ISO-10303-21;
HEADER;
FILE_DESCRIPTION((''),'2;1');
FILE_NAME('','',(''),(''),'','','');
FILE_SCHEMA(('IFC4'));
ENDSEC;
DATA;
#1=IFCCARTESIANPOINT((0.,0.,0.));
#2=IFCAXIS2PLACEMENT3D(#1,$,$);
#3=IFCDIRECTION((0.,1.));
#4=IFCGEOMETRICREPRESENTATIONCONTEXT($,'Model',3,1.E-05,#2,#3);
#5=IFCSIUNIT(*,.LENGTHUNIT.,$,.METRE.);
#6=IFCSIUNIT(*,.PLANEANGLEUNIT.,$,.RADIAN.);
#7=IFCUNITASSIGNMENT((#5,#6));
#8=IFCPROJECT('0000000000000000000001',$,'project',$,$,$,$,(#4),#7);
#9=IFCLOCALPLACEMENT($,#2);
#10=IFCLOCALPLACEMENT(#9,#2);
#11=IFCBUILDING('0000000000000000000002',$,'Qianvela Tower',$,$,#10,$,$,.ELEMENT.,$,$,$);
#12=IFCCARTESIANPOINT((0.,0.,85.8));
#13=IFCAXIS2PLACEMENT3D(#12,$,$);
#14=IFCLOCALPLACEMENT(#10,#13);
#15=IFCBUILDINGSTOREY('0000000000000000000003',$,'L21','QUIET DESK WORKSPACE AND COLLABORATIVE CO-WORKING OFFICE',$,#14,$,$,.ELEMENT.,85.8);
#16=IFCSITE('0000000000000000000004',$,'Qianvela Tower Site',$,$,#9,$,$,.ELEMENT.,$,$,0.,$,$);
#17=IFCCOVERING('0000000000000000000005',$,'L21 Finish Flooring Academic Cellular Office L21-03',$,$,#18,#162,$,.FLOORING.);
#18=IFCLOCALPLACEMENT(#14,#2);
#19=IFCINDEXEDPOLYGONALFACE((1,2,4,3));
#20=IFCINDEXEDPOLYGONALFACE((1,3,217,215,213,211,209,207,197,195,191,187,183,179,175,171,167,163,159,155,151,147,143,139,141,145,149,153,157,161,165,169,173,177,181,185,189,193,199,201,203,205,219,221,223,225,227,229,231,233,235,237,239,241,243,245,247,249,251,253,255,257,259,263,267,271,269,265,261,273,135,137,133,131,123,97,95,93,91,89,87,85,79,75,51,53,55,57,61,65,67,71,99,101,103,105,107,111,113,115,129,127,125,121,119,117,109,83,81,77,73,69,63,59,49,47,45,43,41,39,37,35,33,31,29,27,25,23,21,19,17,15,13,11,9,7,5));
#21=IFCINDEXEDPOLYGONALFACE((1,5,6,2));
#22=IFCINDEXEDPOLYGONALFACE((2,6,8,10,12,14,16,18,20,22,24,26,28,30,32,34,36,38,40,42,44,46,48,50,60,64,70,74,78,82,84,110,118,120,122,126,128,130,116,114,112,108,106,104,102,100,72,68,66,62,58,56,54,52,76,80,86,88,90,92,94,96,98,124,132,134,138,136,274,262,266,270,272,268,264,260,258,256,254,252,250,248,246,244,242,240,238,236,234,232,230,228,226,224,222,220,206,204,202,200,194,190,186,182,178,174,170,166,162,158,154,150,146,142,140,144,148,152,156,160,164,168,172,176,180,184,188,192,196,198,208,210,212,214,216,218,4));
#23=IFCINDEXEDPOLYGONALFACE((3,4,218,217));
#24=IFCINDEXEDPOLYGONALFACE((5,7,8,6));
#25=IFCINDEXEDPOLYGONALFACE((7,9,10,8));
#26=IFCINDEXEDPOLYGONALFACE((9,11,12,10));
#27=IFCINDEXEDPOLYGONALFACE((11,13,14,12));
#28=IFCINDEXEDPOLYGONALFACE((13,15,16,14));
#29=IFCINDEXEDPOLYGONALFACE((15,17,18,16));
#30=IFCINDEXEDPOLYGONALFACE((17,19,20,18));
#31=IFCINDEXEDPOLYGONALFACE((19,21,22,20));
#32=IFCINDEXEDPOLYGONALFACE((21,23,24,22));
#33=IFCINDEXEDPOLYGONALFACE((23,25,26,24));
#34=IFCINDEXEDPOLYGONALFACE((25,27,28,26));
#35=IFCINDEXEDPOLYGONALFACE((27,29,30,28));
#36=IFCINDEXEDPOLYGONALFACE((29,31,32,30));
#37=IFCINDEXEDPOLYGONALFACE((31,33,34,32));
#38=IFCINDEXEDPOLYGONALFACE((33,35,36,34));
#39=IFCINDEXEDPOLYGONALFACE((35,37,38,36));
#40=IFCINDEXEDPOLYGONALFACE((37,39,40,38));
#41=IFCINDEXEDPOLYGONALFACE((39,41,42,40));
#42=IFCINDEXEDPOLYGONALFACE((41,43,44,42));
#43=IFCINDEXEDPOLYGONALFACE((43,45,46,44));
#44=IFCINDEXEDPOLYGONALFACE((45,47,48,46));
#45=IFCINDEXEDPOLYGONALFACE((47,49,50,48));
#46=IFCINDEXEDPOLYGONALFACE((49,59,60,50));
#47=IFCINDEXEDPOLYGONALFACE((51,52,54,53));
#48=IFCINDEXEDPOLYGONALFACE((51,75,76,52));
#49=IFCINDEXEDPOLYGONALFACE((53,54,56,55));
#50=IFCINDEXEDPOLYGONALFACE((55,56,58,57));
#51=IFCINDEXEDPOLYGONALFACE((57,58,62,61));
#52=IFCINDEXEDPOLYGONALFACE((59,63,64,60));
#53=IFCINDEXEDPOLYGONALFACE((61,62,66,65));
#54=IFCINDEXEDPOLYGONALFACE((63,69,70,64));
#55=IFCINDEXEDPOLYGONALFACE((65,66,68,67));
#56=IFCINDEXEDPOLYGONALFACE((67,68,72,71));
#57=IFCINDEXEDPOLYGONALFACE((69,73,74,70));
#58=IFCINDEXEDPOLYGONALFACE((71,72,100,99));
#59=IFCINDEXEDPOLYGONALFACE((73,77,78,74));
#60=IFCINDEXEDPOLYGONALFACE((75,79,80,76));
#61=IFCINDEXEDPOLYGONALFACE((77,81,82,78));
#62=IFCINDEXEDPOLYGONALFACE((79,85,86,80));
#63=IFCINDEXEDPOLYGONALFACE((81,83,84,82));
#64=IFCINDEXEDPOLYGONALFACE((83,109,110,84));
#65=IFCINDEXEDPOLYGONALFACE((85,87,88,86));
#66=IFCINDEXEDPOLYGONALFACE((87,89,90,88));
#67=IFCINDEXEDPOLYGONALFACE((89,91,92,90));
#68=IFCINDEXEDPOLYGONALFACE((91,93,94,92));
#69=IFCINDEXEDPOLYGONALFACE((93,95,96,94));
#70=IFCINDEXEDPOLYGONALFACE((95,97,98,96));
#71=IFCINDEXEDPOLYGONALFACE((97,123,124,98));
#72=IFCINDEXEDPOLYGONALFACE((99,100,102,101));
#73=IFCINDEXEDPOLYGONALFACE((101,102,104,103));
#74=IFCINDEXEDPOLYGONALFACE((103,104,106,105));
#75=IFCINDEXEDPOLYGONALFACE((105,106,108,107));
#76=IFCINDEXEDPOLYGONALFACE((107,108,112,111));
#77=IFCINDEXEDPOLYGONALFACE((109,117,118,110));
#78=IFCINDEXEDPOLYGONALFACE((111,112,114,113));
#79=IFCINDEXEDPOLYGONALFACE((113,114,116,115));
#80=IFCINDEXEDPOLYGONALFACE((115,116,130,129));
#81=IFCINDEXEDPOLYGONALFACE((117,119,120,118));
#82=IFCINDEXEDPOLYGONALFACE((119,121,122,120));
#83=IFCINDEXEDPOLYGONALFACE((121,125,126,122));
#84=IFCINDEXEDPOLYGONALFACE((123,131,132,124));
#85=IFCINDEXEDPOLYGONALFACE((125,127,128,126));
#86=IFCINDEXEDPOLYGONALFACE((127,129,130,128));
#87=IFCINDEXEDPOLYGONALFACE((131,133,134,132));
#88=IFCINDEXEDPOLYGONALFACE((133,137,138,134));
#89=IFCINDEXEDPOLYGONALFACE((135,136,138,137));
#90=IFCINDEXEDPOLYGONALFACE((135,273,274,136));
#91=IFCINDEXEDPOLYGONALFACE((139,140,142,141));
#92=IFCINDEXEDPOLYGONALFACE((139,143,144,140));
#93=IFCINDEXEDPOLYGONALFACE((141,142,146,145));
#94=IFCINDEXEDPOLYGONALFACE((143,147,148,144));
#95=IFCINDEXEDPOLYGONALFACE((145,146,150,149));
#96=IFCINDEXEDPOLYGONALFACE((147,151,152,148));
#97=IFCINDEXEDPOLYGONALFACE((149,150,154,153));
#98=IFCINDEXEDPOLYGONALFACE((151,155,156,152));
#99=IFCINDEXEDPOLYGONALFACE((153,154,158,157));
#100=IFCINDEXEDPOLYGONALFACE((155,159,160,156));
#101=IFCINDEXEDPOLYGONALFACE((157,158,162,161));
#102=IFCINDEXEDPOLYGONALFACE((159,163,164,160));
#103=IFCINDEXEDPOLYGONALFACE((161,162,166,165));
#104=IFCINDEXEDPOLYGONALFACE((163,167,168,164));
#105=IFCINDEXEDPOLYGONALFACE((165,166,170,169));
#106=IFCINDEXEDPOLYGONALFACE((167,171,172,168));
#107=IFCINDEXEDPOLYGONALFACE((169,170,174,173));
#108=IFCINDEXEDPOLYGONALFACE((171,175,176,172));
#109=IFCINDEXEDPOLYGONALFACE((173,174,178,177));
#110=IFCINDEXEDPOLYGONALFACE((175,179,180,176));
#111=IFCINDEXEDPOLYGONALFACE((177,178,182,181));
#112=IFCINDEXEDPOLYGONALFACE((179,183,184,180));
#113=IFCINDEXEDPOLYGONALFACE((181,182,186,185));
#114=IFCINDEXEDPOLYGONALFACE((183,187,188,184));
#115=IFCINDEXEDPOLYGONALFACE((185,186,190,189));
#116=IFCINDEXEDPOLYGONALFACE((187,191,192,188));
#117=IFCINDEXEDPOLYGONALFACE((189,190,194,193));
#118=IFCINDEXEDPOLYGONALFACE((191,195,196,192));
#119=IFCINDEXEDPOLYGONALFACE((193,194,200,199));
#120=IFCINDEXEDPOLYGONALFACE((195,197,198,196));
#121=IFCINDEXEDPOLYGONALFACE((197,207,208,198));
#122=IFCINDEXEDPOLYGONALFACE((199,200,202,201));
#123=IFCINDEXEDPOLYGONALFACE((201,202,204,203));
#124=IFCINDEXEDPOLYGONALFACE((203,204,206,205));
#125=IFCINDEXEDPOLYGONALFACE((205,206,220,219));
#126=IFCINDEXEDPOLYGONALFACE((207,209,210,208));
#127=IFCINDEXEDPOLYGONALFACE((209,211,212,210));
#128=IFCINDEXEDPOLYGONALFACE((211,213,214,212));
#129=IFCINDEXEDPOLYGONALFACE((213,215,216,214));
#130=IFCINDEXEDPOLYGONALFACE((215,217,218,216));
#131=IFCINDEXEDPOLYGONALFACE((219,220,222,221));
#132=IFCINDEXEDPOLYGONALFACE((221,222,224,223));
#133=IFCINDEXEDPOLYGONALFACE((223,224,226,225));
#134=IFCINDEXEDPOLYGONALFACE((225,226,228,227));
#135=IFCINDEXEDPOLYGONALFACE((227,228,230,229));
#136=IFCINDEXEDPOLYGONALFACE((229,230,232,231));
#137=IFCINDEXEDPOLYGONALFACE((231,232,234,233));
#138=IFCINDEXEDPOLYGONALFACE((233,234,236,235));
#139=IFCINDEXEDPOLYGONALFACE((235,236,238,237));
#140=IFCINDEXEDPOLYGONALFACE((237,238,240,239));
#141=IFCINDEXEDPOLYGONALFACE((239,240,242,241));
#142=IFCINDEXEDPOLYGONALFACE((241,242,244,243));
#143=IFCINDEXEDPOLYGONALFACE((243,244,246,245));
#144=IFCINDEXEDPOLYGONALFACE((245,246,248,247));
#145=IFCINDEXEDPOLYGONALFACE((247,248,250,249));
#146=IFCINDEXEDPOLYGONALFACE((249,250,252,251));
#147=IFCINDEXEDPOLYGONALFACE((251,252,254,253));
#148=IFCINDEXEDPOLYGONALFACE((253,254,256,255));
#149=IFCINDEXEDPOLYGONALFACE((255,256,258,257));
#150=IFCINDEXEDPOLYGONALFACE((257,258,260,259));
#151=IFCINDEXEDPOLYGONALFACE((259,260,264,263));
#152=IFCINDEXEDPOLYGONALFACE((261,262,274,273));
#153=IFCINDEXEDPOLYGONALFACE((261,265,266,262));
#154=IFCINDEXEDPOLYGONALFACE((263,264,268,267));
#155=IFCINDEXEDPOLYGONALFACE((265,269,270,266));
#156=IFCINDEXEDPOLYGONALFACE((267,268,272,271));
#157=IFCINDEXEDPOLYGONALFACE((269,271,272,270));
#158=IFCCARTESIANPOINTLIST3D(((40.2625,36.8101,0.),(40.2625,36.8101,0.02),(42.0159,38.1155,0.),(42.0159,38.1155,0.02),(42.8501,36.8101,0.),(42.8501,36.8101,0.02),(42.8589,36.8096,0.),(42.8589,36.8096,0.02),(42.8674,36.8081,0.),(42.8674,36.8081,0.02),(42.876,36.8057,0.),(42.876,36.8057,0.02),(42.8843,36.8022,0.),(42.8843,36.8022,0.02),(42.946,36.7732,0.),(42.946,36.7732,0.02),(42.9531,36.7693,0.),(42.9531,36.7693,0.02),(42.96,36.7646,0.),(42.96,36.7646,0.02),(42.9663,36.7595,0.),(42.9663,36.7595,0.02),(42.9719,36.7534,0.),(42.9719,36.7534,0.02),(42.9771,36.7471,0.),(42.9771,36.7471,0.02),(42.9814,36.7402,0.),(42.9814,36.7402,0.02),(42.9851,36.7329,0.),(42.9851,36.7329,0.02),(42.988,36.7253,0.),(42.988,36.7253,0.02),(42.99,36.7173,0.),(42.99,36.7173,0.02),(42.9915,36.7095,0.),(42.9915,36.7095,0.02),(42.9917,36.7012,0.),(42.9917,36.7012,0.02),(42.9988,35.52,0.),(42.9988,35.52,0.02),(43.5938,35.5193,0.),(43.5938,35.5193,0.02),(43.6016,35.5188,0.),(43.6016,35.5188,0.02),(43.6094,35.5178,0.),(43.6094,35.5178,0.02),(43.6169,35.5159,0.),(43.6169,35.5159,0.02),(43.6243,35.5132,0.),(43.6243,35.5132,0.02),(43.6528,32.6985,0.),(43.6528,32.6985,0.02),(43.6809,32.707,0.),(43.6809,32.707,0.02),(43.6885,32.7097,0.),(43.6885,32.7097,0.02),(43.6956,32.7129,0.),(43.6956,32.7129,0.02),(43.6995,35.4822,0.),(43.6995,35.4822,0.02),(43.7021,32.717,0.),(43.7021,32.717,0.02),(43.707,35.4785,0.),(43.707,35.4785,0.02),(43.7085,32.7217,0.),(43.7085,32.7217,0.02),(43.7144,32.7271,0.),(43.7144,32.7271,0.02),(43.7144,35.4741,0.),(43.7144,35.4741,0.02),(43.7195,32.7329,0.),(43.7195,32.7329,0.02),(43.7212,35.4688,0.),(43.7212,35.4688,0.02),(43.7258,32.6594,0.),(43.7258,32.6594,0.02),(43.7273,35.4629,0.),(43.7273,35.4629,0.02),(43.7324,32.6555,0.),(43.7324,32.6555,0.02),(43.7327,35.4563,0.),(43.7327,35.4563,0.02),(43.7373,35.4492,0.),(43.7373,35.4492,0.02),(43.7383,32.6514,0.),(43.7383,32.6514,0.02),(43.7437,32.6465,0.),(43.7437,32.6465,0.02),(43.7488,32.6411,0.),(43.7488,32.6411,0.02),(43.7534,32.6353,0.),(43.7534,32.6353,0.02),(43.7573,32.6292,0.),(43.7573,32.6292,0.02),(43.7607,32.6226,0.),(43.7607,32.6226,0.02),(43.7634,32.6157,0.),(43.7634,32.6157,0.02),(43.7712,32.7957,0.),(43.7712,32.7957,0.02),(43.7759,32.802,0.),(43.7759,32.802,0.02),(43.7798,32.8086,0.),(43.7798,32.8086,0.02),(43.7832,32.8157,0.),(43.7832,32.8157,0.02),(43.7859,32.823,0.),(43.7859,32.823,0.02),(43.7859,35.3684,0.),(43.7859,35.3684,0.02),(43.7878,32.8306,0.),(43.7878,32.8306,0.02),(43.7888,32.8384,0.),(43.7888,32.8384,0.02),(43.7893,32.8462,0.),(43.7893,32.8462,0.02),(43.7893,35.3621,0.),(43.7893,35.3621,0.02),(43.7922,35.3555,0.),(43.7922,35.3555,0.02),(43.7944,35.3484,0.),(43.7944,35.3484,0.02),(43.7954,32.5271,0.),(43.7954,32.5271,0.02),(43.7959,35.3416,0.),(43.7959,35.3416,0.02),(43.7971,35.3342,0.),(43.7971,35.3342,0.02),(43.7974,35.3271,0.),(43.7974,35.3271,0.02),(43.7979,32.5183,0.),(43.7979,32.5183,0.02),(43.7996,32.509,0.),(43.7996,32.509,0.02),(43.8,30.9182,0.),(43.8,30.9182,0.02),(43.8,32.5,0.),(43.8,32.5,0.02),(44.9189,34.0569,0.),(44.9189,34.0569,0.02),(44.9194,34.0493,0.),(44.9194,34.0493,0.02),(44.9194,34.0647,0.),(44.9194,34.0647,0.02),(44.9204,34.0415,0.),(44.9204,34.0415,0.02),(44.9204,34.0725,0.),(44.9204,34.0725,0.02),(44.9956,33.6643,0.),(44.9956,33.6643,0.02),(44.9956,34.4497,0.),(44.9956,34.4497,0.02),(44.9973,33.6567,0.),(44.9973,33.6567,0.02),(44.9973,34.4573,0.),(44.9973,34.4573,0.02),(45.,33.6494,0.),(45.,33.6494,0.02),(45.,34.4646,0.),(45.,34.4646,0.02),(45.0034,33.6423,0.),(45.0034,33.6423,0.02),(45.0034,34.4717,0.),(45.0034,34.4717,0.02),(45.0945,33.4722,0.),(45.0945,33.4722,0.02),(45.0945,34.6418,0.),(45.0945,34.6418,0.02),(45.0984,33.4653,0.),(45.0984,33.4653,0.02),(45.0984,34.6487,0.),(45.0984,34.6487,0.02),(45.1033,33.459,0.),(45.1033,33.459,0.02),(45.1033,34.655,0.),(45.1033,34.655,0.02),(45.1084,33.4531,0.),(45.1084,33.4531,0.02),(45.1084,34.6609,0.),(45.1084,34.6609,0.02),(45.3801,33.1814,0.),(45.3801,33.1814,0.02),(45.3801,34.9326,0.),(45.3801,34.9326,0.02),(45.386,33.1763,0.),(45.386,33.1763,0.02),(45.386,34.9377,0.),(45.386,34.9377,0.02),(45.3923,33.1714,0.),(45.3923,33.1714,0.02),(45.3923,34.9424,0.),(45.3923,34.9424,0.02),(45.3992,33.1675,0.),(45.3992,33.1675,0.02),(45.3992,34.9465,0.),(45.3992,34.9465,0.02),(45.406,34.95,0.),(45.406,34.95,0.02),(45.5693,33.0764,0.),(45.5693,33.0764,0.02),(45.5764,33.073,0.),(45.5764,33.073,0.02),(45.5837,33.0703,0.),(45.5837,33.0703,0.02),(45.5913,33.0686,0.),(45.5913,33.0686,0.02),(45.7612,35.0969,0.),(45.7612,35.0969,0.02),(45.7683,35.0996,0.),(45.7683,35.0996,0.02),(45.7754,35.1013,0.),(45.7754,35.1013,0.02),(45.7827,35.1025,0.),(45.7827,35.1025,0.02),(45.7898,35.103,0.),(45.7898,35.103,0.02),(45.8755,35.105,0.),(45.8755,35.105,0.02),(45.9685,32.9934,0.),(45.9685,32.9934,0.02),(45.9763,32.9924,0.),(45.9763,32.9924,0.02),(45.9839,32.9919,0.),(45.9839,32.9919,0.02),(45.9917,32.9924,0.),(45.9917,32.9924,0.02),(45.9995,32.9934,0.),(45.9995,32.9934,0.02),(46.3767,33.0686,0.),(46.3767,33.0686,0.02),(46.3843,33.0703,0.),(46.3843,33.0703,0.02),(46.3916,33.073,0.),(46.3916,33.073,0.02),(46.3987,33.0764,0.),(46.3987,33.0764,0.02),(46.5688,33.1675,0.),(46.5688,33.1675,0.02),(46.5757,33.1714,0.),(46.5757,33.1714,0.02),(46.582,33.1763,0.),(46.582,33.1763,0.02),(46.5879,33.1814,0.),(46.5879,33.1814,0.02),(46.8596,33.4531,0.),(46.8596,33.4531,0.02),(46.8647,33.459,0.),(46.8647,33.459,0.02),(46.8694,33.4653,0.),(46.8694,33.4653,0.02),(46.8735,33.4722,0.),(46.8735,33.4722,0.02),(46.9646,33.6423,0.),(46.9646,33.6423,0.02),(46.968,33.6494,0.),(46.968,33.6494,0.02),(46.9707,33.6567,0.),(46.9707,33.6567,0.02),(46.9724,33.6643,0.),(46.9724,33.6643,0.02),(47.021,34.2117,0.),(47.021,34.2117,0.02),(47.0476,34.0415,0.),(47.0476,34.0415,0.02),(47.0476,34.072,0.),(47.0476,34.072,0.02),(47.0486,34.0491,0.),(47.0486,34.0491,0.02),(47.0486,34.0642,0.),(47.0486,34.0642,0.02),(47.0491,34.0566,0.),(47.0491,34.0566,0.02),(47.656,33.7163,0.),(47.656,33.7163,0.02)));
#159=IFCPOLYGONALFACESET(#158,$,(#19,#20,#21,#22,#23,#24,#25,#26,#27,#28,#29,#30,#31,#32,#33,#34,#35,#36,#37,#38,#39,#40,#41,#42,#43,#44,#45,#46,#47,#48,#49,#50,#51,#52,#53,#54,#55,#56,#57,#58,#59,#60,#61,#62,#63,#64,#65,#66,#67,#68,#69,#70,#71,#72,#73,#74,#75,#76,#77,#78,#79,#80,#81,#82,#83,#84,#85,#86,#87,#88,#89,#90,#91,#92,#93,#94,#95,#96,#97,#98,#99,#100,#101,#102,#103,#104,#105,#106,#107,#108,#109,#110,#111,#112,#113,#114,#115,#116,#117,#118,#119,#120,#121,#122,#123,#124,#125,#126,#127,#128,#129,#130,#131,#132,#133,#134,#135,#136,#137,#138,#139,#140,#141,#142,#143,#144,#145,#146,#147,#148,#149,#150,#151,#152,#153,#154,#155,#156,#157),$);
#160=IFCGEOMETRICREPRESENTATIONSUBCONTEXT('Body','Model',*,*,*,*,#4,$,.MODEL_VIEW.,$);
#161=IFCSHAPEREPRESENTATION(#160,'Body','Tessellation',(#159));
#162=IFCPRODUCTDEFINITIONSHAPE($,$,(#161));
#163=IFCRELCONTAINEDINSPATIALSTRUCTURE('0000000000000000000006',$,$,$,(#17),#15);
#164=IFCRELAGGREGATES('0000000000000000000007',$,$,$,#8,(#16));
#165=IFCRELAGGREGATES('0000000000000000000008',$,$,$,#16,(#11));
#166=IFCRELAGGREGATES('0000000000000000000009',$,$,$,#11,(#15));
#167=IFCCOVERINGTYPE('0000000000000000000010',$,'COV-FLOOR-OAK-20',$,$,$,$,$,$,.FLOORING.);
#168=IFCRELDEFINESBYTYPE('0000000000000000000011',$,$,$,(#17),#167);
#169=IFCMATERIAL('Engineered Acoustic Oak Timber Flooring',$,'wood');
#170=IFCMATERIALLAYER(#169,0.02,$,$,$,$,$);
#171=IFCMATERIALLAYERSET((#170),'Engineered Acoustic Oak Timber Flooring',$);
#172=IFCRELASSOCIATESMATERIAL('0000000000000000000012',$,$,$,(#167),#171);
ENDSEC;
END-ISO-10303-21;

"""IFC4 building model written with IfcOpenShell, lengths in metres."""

from ifc_helpers import new_model, si_unit, direction, frame, origin, place, context, subcontext, project, spatial, polyline, outline, extrude, material, layer, layer_set, type_object, element, save


model = new_model("IFC4")

# Units and contexts
model_context = context("Model", 3, precision=1e-05, world=origin(), true_north=direction((0.0, 1.0)))
body_context = subcontext(model_context, "Body", "Model", "MODEL_VIEW")
ifc_project = project(units=[si_unit("LENGTHUNIT", "METRE"), si_unit("PLANEANGLEUNIT", "RADIAN")], contexts=[model_context])

# Site, building, storey
site_placement = place(None, origin())
site = spatial("IfcSite", under=ifc_project, at=site_placement, Name="Qianvela Tower Site", CompositionType="ELEMENT", RefElevation=0.0)
building_placement = place(site_placement, origin())
building = spatial("IfcBuilding", under=site, at=building_placement, Name="Qianvela Tower", CompositionType="ELEMENT")
storey_placement = place(building_placement, frame((0.0, 0.0, 85.8)))
storey = spatial("IfcBuildingStorey", under=building, at=storey_placement, Name="L21", Description="QUIET DESK WORKSPACE AND COLLABORATIVE CO-WORKING OFFICE", CompositionType="ELEMENT", Elevation=85.8)

# Covering
ifc_material_1 = material(Name="Engineered Acoustic Oak Timber Flooring", Category="wood")
ifc_layer_1 = layer(ifc_material_1, 0.02)
ifc_layer_set_1 = layer_set([ifc_layer_1], Name="Engineered Acoustic Oak Timber Flooring")
covering_type_1 = type_object("IfcCoveringType", Name="COV-FLOOR-OAK-20", PredefinedType="FLOORING", material=ifc_layer_set_1)
covering_1_placement = place(storey_placement, origin())
element("IfcCovering", 1, at=covering_1_placement, inside=storey, type_object=covering_type_1, Name="L21 Finish Flooring Academic Cellular Office L21-03", PredefinedType="FLOORING", context=body_context, shape_type="SweptSolid", body=[
    extrude(outline(polyline([(43.6528, 32.6985), (43.6809, 32.707), (43.6885, 32.7097), (43.6956, 32.7129), (43.7021, 32.717), (43.7085, 32.7217), (43.7144, 32.7271), (43.7195, 32.7329), (43.7712, 32.7957), (43.7759, 32.802), (43.7798, 32.8086), (43.7832, 32.8157), (43.7859, 32.823), (43.7878, 32.8306), (43.7888, 32.8384), (43.7893, 32.8462), (43.7974, 35.3271), (43.7971, 35.3342), (43.7959, 35.3416), (43.7944, 35.3484), (43.7922, 35.3555), (43.7893, 35.3621), (43.7859, 35.3684), (43.7373, 35.4492), (43.7327, 35.4563), (43.7273, 35.4629), (43.7212, 35.4688), (43.7144, 35.4741), (43.707, 35.4785), (43.6995, 35.4822), (43.6243, 35.5132), (43.6169, 35.5159), (43.6094, 35.5178), (43.6016, 35.5188), (43.5938, 35.5193), (42.9988, 35.52), (42.9917, 36.7012), (42.9915, 36.7095), (42.99, 36.7173), (42.988, 36.7253), (42.9851, 36.7329), (42.9814, 36.7402), (42.9771, 36.7471), (42.9719, 36.7534), (42.9663, 36.7595), (42.96, 36.7646), (42.9531, 36.7693), (42.946, 36.7732), (42.8843, 36.8022), (42.876, 36.8057), (42.8674, 36.8081), (42.8589, 36.8096), (42.8501, 36.8101), (40.2625, 36.8101), (42.0159, 38.1155), (45.8755, 35.105), (45.7898, 35.103), (45.7827, 35.1025), (45.7754, 35.1013), (45.7683, 35.0996), (45.7612, 35.0969), (45.406, 34.95), (45.3992, 34.9465), (45.3923, 34.9424), (45.386, 34.9377), (45.3801, 34.9326), (45.1084, 34.6609), (45.1033, 34.655), (45.0984, 34.6487), (45.0945, 34.6418), (45.0034, 34.4717), (45.0, 34.4646), (44.9973, 34.4573), (44.9956, 34.4497), (44.9204, 34.0725), (44.9194, 34.0647), (44.9189, 34.0569), (44.9194, 34.0493), (44.9204, 34.0415), (44.9956, 33.6643), (44.9973, 33.6567), (45.0, 33.6494), (45.0034, 33.6423), (45.0945, 33.4722), (45.0984, 33.4653), (45.1033, 33.459), (45.1084, 33.4531), (45.3801, 33.1814), (45.386, 33.1763), (45.3923, 33.1714), (45.3992, 33.1675), (45.5693, 33.0764), (45.5764, 33.073), (45.5837, 33.0703), (45.5913, 33.0686), (45.9685, 32.9934), (45.9763, 32.9924), (45.9839, 32.9919), (45.9917, 32.9924), (45.9995, 32.9934), (46.3767, 33.0686), (46.3843, 33.0703), (46.3916, 33.073), (46.3987, 33.0764), (46.5688, 33.1675), (46.5757, 33.1714), (46.582, 33.1763), (46.5879, 33.1814), (46.8596, 33.4531), (46.8647, 33.459), (46.8694, 33.4653), (46.8735, 33.4722), (46.9646, 33.6423), (46.968, 33.6494), (46.9707, 33.6567), (46.9724, 33.6643), (47.0476, 34.0415), (47.0486, 34.0491), (47.0491, 34.0566), (47.0486, 34.0642), (47.0476, 34.072), (47.021, 34.2117), (47.656, 33.7163), (43.8, 30.9182), (43.8, 32.5), (43.7996, 32.509), (43.7979, 32.5183), (43.7954, 32.5271), (43.7634, 32.6157), (43.7607, 32.6226), (43.7573, 32.6292), (43.7534, 32.6353), (43.7488, 32.6411), (43.7437, 32.6465), (43.7383, 32.6514), (43.7324, 32.6555), (43.7258, 32.6594), (43.6528, 32.6985)])), origin(), (0.0, 0.0, 1.0), 0.02),
])

save(model, "model.ifc")
